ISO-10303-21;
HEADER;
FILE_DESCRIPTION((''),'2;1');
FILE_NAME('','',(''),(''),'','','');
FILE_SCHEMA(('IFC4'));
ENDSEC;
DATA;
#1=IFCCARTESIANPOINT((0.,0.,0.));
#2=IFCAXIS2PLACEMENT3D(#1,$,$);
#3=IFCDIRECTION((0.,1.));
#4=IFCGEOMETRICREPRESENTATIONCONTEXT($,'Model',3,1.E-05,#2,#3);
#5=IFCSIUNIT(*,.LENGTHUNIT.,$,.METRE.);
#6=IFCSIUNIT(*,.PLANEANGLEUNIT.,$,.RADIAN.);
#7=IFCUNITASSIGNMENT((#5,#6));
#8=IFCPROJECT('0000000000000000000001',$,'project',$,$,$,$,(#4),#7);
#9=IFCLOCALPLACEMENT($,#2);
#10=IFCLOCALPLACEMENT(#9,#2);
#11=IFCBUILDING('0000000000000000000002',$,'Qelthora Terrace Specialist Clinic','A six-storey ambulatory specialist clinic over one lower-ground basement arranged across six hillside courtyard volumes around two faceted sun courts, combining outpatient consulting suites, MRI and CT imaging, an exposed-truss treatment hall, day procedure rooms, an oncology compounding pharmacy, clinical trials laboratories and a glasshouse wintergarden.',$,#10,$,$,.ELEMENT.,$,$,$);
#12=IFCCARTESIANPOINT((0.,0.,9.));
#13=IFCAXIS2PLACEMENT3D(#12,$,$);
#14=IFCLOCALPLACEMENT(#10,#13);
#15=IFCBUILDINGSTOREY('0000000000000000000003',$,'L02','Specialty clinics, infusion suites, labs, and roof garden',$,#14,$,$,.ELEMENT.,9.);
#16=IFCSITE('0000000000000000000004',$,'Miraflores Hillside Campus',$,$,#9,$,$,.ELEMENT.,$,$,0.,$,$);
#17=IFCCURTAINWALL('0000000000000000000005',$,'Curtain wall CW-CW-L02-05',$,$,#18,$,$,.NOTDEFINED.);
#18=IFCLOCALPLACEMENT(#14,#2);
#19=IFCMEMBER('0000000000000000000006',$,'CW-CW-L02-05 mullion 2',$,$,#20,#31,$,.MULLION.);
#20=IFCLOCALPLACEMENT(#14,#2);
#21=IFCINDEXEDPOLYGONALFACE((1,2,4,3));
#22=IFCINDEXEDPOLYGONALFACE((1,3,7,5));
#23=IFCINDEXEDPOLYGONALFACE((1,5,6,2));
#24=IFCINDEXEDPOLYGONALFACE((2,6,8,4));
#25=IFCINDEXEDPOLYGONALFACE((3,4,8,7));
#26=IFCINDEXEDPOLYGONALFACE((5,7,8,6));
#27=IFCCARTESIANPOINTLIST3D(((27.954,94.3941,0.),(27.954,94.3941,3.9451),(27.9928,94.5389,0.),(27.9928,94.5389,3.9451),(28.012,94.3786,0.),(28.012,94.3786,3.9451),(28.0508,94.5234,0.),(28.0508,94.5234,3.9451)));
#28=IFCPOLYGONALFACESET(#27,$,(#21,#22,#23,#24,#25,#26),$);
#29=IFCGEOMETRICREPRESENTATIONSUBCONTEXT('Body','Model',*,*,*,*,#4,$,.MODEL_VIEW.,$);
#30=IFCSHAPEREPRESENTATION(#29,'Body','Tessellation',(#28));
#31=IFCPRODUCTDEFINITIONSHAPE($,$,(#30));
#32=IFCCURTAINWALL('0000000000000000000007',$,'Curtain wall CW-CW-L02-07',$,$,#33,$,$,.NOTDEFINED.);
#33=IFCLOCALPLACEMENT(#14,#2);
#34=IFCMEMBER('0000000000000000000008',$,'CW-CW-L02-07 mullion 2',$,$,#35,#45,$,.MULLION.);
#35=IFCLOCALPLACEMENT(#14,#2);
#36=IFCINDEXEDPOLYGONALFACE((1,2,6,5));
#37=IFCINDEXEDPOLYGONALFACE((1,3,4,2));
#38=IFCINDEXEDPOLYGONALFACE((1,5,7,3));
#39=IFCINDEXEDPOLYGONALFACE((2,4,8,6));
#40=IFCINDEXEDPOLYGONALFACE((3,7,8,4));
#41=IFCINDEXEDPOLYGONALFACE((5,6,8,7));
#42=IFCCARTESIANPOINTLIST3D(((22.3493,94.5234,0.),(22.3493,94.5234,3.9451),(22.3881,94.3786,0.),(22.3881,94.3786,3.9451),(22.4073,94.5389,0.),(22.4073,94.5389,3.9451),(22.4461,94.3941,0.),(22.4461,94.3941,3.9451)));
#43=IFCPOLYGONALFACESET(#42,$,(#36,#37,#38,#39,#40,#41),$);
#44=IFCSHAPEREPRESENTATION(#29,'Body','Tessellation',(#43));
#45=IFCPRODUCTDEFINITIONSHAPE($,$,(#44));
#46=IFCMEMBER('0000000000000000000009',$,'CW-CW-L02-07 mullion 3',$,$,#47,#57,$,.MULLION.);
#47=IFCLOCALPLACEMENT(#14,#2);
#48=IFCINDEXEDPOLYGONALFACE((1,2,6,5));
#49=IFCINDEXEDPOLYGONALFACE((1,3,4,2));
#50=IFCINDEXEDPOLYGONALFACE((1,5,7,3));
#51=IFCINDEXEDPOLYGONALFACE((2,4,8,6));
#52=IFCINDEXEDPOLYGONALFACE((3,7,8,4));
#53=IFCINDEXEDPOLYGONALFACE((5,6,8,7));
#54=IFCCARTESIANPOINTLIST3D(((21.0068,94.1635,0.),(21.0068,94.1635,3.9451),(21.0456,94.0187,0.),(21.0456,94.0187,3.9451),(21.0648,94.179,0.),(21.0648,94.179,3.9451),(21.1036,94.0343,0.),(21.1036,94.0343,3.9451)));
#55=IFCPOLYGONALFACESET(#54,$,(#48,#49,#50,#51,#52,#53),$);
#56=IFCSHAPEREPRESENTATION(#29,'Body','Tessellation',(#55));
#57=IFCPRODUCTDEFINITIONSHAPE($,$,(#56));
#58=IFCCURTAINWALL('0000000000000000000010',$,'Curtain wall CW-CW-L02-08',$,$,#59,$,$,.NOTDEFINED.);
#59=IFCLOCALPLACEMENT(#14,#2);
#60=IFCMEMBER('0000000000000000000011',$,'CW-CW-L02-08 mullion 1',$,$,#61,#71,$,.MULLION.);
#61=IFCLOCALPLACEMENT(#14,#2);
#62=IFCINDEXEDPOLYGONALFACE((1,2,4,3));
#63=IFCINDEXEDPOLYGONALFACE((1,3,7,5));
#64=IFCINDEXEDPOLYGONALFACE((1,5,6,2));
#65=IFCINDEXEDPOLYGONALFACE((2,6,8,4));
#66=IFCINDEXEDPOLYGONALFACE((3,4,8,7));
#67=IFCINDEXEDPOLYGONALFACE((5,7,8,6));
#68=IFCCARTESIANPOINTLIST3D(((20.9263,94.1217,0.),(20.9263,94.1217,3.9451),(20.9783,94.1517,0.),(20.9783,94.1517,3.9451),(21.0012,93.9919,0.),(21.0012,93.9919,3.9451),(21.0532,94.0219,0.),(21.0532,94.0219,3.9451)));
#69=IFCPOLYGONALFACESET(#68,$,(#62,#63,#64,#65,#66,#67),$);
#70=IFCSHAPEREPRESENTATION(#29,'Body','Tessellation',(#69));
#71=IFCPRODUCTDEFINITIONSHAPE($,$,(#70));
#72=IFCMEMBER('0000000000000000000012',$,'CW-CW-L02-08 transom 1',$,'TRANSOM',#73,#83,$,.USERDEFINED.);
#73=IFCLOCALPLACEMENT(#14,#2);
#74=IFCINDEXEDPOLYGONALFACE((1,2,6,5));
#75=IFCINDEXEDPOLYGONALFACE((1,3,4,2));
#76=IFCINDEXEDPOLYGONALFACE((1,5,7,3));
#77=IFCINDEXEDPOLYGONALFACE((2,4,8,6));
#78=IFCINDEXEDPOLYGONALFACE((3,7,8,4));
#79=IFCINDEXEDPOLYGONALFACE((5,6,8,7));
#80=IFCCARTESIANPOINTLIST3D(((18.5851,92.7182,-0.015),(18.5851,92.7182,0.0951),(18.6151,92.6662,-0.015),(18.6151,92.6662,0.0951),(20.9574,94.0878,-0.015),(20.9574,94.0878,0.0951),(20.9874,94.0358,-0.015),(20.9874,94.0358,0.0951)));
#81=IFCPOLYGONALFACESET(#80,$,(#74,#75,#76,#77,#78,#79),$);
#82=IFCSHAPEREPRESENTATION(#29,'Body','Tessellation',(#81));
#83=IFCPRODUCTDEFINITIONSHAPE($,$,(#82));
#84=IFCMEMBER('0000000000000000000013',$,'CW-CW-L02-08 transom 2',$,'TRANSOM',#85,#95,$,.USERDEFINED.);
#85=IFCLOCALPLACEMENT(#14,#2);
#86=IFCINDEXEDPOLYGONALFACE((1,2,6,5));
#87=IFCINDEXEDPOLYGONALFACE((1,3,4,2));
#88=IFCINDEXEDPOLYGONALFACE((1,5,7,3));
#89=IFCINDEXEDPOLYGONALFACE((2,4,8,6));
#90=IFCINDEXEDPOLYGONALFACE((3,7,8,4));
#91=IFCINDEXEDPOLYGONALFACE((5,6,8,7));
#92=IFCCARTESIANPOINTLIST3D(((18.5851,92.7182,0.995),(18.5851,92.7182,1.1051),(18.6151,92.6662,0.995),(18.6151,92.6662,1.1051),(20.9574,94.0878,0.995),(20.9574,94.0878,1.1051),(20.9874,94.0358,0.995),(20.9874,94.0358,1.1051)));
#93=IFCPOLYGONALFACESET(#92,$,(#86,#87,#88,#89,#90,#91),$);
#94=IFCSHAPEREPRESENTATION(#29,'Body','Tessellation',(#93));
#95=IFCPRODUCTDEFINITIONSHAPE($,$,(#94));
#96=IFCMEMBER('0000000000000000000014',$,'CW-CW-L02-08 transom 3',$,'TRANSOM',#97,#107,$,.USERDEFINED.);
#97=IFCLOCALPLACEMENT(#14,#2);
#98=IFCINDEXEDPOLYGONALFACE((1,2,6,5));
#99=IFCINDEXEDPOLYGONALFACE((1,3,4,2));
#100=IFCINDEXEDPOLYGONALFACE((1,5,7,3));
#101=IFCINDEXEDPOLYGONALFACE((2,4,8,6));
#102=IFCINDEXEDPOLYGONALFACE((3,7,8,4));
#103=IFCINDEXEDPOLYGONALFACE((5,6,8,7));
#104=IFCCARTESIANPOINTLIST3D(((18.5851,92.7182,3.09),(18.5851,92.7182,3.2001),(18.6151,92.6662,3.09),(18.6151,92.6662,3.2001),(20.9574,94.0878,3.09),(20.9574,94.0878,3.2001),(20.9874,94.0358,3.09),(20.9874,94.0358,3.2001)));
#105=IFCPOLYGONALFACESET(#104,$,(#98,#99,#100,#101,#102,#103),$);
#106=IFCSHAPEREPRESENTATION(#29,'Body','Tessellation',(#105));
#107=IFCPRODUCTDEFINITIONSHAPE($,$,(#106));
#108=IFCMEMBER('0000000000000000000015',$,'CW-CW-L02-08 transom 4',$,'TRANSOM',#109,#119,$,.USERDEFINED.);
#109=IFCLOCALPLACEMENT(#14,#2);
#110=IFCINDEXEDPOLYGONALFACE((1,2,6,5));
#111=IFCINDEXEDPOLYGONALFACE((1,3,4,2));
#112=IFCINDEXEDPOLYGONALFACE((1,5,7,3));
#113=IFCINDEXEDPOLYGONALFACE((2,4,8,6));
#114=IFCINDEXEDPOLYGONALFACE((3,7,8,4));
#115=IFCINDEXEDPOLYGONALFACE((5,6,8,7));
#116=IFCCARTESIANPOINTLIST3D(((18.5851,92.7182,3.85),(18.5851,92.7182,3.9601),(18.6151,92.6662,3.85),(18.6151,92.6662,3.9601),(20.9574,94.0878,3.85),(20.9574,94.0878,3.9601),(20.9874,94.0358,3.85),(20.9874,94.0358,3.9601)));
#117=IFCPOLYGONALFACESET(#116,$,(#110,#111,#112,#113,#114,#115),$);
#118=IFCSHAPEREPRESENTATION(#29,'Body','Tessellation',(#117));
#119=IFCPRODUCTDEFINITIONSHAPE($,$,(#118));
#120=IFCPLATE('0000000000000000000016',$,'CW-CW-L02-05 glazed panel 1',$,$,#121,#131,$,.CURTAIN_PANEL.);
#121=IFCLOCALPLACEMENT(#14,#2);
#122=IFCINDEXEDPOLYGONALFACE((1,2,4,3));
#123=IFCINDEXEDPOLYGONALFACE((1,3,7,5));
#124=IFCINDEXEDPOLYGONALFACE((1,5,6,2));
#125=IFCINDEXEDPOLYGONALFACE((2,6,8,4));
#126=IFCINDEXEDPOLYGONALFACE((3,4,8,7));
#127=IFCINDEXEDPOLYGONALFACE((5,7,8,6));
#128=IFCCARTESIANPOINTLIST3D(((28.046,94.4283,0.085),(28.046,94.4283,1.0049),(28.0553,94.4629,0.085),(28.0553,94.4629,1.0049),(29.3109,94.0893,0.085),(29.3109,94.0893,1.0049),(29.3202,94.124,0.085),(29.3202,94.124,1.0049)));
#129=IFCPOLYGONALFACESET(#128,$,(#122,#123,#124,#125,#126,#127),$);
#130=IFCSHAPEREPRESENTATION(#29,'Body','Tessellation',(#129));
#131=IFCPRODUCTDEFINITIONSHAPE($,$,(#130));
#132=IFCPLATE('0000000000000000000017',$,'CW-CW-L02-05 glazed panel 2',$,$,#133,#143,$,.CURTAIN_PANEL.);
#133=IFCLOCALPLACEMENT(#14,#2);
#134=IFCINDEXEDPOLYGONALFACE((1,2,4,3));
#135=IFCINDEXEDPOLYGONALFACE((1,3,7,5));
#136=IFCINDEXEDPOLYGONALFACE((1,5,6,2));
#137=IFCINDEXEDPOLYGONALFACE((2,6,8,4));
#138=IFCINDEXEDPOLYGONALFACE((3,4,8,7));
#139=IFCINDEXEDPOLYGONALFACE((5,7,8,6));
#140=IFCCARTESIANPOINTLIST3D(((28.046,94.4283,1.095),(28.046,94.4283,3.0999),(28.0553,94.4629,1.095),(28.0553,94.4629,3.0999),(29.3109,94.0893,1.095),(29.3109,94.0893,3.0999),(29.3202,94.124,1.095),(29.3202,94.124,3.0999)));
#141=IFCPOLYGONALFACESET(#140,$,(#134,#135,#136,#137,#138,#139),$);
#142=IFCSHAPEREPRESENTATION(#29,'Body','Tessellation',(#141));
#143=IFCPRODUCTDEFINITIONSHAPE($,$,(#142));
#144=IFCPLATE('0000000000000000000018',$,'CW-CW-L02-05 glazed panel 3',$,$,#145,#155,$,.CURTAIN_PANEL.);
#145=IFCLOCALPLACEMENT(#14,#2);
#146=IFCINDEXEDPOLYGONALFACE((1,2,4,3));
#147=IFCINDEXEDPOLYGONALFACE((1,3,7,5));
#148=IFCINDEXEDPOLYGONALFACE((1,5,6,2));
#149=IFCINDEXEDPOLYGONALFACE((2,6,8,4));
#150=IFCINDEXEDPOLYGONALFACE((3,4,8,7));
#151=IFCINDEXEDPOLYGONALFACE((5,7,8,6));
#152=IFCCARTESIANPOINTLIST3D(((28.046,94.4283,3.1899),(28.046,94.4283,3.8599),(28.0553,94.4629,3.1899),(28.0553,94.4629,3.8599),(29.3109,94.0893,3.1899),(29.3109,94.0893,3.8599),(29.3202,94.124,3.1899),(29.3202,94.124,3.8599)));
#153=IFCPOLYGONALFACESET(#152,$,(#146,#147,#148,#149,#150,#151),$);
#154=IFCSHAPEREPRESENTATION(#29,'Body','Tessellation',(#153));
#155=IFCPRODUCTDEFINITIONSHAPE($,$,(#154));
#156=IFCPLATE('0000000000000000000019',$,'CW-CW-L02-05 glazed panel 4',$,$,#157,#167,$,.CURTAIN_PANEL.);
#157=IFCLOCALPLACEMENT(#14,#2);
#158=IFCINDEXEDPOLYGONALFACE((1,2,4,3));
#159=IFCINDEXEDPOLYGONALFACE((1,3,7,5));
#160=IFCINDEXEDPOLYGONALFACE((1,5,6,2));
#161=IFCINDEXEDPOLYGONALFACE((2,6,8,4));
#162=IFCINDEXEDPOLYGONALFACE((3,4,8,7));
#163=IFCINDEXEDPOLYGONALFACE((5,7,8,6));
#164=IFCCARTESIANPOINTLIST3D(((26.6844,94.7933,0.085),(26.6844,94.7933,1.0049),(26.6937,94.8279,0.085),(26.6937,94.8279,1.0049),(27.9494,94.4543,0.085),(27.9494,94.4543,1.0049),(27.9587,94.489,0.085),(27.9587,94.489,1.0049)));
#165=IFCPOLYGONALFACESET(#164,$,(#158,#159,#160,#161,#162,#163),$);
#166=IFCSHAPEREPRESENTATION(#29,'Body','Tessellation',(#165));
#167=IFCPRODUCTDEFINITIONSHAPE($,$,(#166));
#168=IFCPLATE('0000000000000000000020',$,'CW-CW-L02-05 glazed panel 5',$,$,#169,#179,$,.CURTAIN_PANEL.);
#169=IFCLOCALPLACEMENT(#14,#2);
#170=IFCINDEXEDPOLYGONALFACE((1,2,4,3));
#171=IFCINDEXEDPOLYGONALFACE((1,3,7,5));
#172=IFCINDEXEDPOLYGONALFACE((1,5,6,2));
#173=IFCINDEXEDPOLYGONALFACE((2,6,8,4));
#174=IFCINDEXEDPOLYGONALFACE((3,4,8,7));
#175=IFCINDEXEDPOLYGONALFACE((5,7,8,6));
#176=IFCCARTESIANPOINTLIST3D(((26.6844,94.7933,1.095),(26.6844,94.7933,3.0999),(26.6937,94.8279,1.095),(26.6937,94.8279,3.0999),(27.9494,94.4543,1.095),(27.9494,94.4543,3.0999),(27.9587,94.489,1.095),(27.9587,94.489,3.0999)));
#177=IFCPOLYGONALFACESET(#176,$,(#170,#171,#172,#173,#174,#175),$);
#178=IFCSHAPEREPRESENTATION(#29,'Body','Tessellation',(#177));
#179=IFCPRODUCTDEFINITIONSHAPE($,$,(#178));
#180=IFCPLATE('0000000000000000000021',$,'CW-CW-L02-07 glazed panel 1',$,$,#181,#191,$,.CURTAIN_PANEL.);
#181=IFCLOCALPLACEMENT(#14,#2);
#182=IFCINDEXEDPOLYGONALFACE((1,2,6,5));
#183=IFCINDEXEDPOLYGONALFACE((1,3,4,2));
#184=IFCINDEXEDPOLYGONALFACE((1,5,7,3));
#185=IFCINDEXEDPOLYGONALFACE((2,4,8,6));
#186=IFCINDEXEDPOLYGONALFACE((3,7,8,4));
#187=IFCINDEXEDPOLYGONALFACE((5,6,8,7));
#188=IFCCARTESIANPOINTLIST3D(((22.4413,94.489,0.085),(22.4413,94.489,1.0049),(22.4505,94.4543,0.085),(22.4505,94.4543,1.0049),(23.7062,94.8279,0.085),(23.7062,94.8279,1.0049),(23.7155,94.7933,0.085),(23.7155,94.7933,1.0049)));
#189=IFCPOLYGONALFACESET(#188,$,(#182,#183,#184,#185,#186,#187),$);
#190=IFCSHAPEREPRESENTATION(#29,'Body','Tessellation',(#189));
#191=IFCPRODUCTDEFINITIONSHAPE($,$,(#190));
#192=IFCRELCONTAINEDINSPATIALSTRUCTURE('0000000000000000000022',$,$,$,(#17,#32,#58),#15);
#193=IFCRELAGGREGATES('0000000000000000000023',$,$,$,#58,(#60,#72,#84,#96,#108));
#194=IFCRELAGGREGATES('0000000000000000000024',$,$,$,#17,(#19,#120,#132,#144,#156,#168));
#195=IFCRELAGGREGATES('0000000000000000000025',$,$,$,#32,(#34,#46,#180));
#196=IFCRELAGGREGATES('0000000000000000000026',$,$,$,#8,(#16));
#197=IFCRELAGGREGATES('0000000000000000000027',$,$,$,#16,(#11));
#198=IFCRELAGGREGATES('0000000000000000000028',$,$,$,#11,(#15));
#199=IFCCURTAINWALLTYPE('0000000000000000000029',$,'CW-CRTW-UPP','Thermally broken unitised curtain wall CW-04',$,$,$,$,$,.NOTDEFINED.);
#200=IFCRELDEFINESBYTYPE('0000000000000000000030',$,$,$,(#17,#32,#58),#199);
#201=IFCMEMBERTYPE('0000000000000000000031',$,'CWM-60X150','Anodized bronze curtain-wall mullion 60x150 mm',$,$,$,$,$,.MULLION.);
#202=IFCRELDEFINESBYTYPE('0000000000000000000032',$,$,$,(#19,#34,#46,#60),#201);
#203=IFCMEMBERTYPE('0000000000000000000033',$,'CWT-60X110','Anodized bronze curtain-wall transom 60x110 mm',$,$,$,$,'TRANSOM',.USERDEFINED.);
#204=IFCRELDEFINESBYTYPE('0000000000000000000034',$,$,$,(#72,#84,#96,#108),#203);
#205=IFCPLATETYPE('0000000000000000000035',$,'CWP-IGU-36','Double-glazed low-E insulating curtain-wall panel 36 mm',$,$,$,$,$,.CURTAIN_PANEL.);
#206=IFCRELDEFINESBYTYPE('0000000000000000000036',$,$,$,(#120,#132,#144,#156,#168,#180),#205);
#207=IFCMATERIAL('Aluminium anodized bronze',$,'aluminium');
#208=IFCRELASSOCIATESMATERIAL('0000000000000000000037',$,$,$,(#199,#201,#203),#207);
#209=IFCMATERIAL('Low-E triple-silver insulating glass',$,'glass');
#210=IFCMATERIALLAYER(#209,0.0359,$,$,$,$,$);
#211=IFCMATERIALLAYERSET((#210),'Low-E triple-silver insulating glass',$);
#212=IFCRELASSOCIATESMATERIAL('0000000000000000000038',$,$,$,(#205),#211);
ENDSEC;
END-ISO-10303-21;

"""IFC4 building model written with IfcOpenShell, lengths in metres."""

from ifc_helpers import new_model, si_unit, direction, frame, origin, origin_2d, place, context, subcontext, project, spatial, rectangle, extrude, material, layer, layer_set, material_profile, profile_set, type_object, element, aggregate, save


model = new_model("IFC4")

# Units and contexts
model_context = context("Model", 3, precision=1e-05, world=origin(), true_north=direction((0.0, 1.0)))
body_context = subcontext(model_context, "Body", "Model", "MODEL_VIEW")
ifc_project = project(units=[si_unit("LENGTHUNIT", "METRE"), si_unit("PLANEANGLEUNIT", "RADIAN")], contexts=[model_context])

# Site, building, storey
site_placement = place(None, origin())
site = spatial("IfcSite", under=ifc_project, at=site_placement, Name="Miraflores Hillside Campus", CompositionType="ELEMENT", RefElevation=0.0)
building_placement = place(site_placement, origin())
building = spatial("IfcBuilding", under=site, at=building_placement, Name="Qelthora Terrace Specialist Clinic", Description="A six-storey ambulatory specialist clinic over one lower-ground basement arranged across six hillside courtyard volumes around two faceted sun courts, combining outpatient consulting suites, MRI and CT imaging, an exposed-truss treatment hall, day procedure rooms, an oncology compounding pharmacy, clinical trials laboratories and a glasshouse wintergarden.", CompositionType="ELEMENT")
storey_placement = place(building_placement, frame((0.0, 0.0, 9.0)))
storey = spatial("IfcBuildingStorey", under=building, at=storey_placement, Name="L02", Description="Specialty clinics, infusion suites, labs, and roof garden", CompositionType="ELEMENT", Elevation=9.0)

# Curtain wall, member
ifc_material_1 = material(Name="Aluminium anodized bronze", Category="aluminium")
curtain_wall_type = type_object("IfcCurtainWallType", Name="CW-CRTW-UPP", Description="Thermally broken unitised curtain wall CW-04", PredefinedType="NOTDEFINED", material=ifc_material_1)
curtain_wall_1_placement = place(storey_placement, origin())
curtain_wall_1 = element("IfcCurtainWall", 1, at=curtain_wall_1_placement, inside=storey, type_object=curtain_wall_type, Name="Curtain wall CW-CW-L02-05", PredefinedType="NOTDEFINED")
ifc_material_profile_1 = material_profile(ifc_material_1, rectangle(XDim=0.0601, YDim=0.1499, at=origin_2d()), Name="CWM60X150")
ifc_profile_set_1 = profile_set([ifc_material_profile_1], Name="Aluminium anodized bronze")
member_type_1 = type_object("IfcMemberType", Name="CWM-60X150", Description="Anodized bronze curtain-wall mullion 60x150 mm", PredefinedType="MULLION", material=ifc_profile_set_1)
member_1_placement = place(storey_placement, frame((28.0024, 94.4587, 0.0), z_axis=(0.0, 0.0, 1.0), x_axis=(-0.965925, 0.25882, 0.0)))
member_1 = element("IfcMember", 2, at=member_1_placement, type_object=member_type_1, Name="CW-CW-L02-05 mullion 2", PredefinedType="MULLION", context=body_context, shape_type="SweptSolid", body=[
    extrude(rectangle(XDim=0.0601, YDim=0.1499, at=origin_2d()), origin(), (0.0, 0.0, 1.0), 3.9451),
])

# Curtain walls, members
curtain_wall_2_placement = place(storey_placement, origin())
curtain_wall_2 = element("IfcCurtainWall", 3, at=curtain_wall_2_placement, inside=storey, type_object=curtain_wall_type, Name="Curtain wall CW-CW-L02-07", PredefinedType="NOTDEFINED")
member_2_placement = place(storey_placement, frame((22.3977, 94.4587, 0.0), z_axis=(0.0, 0.0, 1.0), x_axis=(-0.965925, -0.25882, 0.0)))
member_2 = element("IfcMember", 4, at=member_2_placement, type_object=member_type_1, Name="CW-CW-L02-07 mullion 2", PredefinedType="MULLION", context=body_context, shape_type="SweptSolid", body=[
    extrude(rectangle(XDim=0.0601, YDim=0.1499, at=origin_2d()), origin(), (0.0, 0.0, 1.0), 3.9451),
])
member_3_placement = place(storey_placement, frame((21.0552, 94.0989, 0.0), z_axis=(0.0, 0.0, 1.0), x_axis=(-0.965925, -0.25882, 0.0)))
member_3 = element("IfcMember", 5, at=member_3_placement, type_object=member_type_1, Name="CW-CW-L02-07 mullion 3", PredefinedType="MULLION", context=body_context, shape_type="SweptSolid", body=[
    extrude(rectangle(XDim=0.0601, YDim=0.1499, at=origin_2d()), origin(), (0.0, 0.0, 1.0), 3.9451),
])
curtain_wall_3_placement = place(storey_placement, origin())
curtain_wall_3 = element("IfcCurtainWall", 6, at=curtain_wall_3_placement, inside=storey, type_object=curtain_wall_type, Name="Curtain wall CW-CW-L02-08", PredefinedType="NOTDEFINED")
member_4_placement = place(storey_placement, frame((20.9897, 94.0718, 0.0), z_axis=(0.0, 0.0, 1.0), x_axis=(-0.866026, -0.5, 0.0)))
member_4 = element("IfcMember", 7, at=member_4_placement, type_object=member_type_1, Name="CW-CW-L02-08 mullion 1", PredefinedType="MULLION", context=body_context, shape_type="SweptSolid", body=[
    extrude(rectangle(XDim=0.0601, YDim=0.1499, at=origin_2d()), origin(), (0.0, 0.0, 1.0), 3.9451),
])
ifc_material_profile_2 = material_profile(ifc_material_1, rectangle(XDim=0.0601, YDim=0.1101, at=origin_2d()), Name="CWT60X110")
ifc_profile_set_2 = profile_set([ifc_material_profile_2], Name="Aluminium anodized bronze")
member_type_2 = type_object("IfcMemberType", Name="CWT-60X110", Description="Anodized bronze curtain-wall transom 60x110 mm", ElementType="TRANSOM", PredefinedType="USERDEFINED", material=ifc_profile_set_2)
member_5_placement = place(storey_placement, frame((20.9724, 94.0618, 0.04), z_axis=(-0.86603, -0.499992, 0.0), x_axis=(0.499992, -0.86603, 0.0)))
member_5 = element("IfcMember", 8, at=member_5_placement, type_object=member_type_2, Name="CW-CW-L02-08 transom 1", ObjectType="TRANSOM", PredefinedType="USERDEFINED", context=body_context, shape_type="SweptSolid", body=[
    extrude(rectangle(XDim=0.0601, YDim=0.1101, at=origin_2d()), origin(), (0.0, 0.0, 1.0), 2.7393),
])
member_6_placement = place(storey_placement, frame((20.9724, 94.0618, 1.05), z_axis=(-0.86603, -0.499992, 0.0), x_axis=(0.499992, -0.86603, 0.0)))
member_6 = element("IfcMember", 9, at=member_6_placement, type_object=member_type_2, Name="CW-CW-L02-08 transom 2", ObjectType="TRANSOM", PredefinedType="USERDEFINED", context=body_context, shape_type="SweptSolid", body=[
    extrude(rectangle(XDim=0.0601, YDim=0.1101, at=origin_2d()), origin(), (0.0, 0.0, 1.0), 2.7393),
])
member_7_placement = place(storey_placement, frame((20.9724, 94.0618, 3.145), z_axis=(-0.86603, -0.499992, 0.0), x_axis=(0.499992, -0.86603, 0.0)))
member_7 = element("IfcMember", 10, at=member_7_placement, type_object=member_type_2, Name="CW-CW-L02-08 transom 3", ObjectType="TRANSOM", PredefinedType="USERDEFINED", context=body_context, shape_type="SweptSolid", body=[
    extrude(rectangle(XDim=0.0601, YDim=0.1101, at=origin_2d()), origin(), (0.0, 0.0, 1.0), 2.7393),
])
member_8_placement = place(storey_placement, frame((20.9724, 94.0618, 3.905), z_axis=(-0.86603, -0.499992, 0.0), x_axis=(0.499992, -0.86603, 0.0)))
member_8 = element("IfcMember", 11, at=member_8_placement, type_object=member_type_2, Name="CW-CW-L02-08 transom 4", ObjectType="TRANSOM", PredefinedType="USERDEFINED", context=body_context, shape_type="SweptSolid", body=[
    extrude(rectangle(XDim=0.0601, YDim=0.1101, at=origin_2d()), origin(), (0.0, 0.0, 1.0), 2.7393),
])
aggregate(curtain_wall_3, [member_4, member_5, member_6, member_7, member_8])

# Plates
ifc_material_2 = material(Name="Low-E triple-silver insulating glass", Category="glass")
ifc_layer = layer(ifc_material_2, 0.0359)
ifc_layer_set = layer_set([ifc_layer], Name="Low-E triple-silver insulating glass")
plate_type = type_object("IfcPlateType", Name="CWP-IGU-36", Description="Double-glazed low-E insulating curtain-wall panel 36 mm", PredefinedType="CURTAIN_PANEL", material=ifc_layer_set)
plate_1_placement = place(storey_placement, frame((28.6831, 94.2761, 0.085), z_axis=(0.0, 0.0, 1.0), x_axis=(-0.965925, 0.258821, 0.0)))
plate_1 = element("IfcPlate", 12, at=plate_1_placement, type_object=plate_type, Name="CW-CW-L02-05 glazed panel 1", PredefinedType="CURTAIN_PANEL", context=body_context, shape_type="SweptSolid", body=[
    extrude(rectangle(XDim=1.3096, YDim=0.0359, at=origin_2d()), origin(), (0.0, 0.0, 1.0), 0.9199),
])
plate_2_placement = place(storey_placement, frame((28.6831, 94.2761, 1.095), z_axis=(0.0, 0.0, 1.0), x_axis=(-0.965925, 0.258821, 0.0)))
plate_2 = element("IfcPlate", 13, at=plate_2_placement, type_object=plate_type, Name="CW-CW-L02-05 glazed panel 2", PredefinedType="CURTAIN_PANEL", context=body_context, shape_type="SweptSolid", body=[
    extrude(rectangle(XDim=1.3096, YDim=0.0359, at=origin_2d()), origin(), (0.0, 0.0, 1.0), 2.0049),
])
plate_3_placement = place(storey_placement, frame((28.6831, 94.2761, 3.1899), z_axis=(0.0, 0.0, 1.0), x_axis=(-0.965925, 0.258821, 0.0)))
plate_3 = element("IfcPlate", 14, at=plate_3_placement, type_object=plate_type, Name="CW-CW-L02-05 glazed panel 3", PredefinedType="CURTAIN_PANEL", context=body_context, shape_type="SweptSolid", body=[
    extrude(rectangle(XDim=1.3096, YDim=0.0359, at=origin_2d()), origin(), (0.0, 0.0, 1.0), 0.6699),
])
plate_4_placement = place(storey_placement, frame((27.3215, 94.6411, 0.085), z_axis=(0.0, 0.0, 1.0), x_axis=(-0.965925, 0.258821, 0.0)))
plate_4 = element("IfcPlate", 15, at=plate_4_placement, type_object=plate_type, Name="CW-CW-L02-05 glazed panel 4", PredefinedType="CURTAIN_PANEL", context=body_context, shape_type="SweptSolid", body=[
    extrude(rectangle(XDim=1.3096, YDim=0.0359, at=origin_2d()), origin(), (0.0, 0.0, 1.0), 0.9199),
])
plate_5_placement = place(storey_placement, frame((27.3215, 94.6411, 1.095), z_axis=(0.0, 0.0, 1.0), x_axis=(-0.965925, 0.258821, 0.0)))
plate_5 = element("IfcPlate", 16, at=plate_5_placement, type_object=plate_type, Name="CW-CW-L02-05 glazed panel 5", PredefinedType="CURTAIN_PANEL", context=body_context, shape_type="SweptSolid", body=[
    extrude(rectangle(XDim=1.3096, YDim=0.0359, at=origin_2d()), origin(), (0.0, 0.0, 1.0), 2.0049),
])
aggregate(curtain_wall_1, [member_1, plate_1, plate_2, plate_3, plate_4, plate_5])
plate_6_placement = place(storey_placement, frame((23.0784, 94.6411, 0.085), z_axis=(0.0, 0.0, 1.0), x_axis=(-0.965925, -0.258821, 0.0)))
plate_6 = element("IfcPlate", 17, at=plate_6_placement, type_object=plate_type, Name="CW-CW-L02-07 glazed panel 1", PredefinedType="CURTAIN_PANEL", context=body_context, shape_type="SweptSolid", body=[
    extrude(rectangle(XDim=1.3096, YDim=0.0359, at=origin_2d()), origin(), (0.0, 0.0, 1.0), 0.9199),
])
aggregate(curtain_wall_2, [member_2, member_3, plate_6])

save(model, "model.ifc")
